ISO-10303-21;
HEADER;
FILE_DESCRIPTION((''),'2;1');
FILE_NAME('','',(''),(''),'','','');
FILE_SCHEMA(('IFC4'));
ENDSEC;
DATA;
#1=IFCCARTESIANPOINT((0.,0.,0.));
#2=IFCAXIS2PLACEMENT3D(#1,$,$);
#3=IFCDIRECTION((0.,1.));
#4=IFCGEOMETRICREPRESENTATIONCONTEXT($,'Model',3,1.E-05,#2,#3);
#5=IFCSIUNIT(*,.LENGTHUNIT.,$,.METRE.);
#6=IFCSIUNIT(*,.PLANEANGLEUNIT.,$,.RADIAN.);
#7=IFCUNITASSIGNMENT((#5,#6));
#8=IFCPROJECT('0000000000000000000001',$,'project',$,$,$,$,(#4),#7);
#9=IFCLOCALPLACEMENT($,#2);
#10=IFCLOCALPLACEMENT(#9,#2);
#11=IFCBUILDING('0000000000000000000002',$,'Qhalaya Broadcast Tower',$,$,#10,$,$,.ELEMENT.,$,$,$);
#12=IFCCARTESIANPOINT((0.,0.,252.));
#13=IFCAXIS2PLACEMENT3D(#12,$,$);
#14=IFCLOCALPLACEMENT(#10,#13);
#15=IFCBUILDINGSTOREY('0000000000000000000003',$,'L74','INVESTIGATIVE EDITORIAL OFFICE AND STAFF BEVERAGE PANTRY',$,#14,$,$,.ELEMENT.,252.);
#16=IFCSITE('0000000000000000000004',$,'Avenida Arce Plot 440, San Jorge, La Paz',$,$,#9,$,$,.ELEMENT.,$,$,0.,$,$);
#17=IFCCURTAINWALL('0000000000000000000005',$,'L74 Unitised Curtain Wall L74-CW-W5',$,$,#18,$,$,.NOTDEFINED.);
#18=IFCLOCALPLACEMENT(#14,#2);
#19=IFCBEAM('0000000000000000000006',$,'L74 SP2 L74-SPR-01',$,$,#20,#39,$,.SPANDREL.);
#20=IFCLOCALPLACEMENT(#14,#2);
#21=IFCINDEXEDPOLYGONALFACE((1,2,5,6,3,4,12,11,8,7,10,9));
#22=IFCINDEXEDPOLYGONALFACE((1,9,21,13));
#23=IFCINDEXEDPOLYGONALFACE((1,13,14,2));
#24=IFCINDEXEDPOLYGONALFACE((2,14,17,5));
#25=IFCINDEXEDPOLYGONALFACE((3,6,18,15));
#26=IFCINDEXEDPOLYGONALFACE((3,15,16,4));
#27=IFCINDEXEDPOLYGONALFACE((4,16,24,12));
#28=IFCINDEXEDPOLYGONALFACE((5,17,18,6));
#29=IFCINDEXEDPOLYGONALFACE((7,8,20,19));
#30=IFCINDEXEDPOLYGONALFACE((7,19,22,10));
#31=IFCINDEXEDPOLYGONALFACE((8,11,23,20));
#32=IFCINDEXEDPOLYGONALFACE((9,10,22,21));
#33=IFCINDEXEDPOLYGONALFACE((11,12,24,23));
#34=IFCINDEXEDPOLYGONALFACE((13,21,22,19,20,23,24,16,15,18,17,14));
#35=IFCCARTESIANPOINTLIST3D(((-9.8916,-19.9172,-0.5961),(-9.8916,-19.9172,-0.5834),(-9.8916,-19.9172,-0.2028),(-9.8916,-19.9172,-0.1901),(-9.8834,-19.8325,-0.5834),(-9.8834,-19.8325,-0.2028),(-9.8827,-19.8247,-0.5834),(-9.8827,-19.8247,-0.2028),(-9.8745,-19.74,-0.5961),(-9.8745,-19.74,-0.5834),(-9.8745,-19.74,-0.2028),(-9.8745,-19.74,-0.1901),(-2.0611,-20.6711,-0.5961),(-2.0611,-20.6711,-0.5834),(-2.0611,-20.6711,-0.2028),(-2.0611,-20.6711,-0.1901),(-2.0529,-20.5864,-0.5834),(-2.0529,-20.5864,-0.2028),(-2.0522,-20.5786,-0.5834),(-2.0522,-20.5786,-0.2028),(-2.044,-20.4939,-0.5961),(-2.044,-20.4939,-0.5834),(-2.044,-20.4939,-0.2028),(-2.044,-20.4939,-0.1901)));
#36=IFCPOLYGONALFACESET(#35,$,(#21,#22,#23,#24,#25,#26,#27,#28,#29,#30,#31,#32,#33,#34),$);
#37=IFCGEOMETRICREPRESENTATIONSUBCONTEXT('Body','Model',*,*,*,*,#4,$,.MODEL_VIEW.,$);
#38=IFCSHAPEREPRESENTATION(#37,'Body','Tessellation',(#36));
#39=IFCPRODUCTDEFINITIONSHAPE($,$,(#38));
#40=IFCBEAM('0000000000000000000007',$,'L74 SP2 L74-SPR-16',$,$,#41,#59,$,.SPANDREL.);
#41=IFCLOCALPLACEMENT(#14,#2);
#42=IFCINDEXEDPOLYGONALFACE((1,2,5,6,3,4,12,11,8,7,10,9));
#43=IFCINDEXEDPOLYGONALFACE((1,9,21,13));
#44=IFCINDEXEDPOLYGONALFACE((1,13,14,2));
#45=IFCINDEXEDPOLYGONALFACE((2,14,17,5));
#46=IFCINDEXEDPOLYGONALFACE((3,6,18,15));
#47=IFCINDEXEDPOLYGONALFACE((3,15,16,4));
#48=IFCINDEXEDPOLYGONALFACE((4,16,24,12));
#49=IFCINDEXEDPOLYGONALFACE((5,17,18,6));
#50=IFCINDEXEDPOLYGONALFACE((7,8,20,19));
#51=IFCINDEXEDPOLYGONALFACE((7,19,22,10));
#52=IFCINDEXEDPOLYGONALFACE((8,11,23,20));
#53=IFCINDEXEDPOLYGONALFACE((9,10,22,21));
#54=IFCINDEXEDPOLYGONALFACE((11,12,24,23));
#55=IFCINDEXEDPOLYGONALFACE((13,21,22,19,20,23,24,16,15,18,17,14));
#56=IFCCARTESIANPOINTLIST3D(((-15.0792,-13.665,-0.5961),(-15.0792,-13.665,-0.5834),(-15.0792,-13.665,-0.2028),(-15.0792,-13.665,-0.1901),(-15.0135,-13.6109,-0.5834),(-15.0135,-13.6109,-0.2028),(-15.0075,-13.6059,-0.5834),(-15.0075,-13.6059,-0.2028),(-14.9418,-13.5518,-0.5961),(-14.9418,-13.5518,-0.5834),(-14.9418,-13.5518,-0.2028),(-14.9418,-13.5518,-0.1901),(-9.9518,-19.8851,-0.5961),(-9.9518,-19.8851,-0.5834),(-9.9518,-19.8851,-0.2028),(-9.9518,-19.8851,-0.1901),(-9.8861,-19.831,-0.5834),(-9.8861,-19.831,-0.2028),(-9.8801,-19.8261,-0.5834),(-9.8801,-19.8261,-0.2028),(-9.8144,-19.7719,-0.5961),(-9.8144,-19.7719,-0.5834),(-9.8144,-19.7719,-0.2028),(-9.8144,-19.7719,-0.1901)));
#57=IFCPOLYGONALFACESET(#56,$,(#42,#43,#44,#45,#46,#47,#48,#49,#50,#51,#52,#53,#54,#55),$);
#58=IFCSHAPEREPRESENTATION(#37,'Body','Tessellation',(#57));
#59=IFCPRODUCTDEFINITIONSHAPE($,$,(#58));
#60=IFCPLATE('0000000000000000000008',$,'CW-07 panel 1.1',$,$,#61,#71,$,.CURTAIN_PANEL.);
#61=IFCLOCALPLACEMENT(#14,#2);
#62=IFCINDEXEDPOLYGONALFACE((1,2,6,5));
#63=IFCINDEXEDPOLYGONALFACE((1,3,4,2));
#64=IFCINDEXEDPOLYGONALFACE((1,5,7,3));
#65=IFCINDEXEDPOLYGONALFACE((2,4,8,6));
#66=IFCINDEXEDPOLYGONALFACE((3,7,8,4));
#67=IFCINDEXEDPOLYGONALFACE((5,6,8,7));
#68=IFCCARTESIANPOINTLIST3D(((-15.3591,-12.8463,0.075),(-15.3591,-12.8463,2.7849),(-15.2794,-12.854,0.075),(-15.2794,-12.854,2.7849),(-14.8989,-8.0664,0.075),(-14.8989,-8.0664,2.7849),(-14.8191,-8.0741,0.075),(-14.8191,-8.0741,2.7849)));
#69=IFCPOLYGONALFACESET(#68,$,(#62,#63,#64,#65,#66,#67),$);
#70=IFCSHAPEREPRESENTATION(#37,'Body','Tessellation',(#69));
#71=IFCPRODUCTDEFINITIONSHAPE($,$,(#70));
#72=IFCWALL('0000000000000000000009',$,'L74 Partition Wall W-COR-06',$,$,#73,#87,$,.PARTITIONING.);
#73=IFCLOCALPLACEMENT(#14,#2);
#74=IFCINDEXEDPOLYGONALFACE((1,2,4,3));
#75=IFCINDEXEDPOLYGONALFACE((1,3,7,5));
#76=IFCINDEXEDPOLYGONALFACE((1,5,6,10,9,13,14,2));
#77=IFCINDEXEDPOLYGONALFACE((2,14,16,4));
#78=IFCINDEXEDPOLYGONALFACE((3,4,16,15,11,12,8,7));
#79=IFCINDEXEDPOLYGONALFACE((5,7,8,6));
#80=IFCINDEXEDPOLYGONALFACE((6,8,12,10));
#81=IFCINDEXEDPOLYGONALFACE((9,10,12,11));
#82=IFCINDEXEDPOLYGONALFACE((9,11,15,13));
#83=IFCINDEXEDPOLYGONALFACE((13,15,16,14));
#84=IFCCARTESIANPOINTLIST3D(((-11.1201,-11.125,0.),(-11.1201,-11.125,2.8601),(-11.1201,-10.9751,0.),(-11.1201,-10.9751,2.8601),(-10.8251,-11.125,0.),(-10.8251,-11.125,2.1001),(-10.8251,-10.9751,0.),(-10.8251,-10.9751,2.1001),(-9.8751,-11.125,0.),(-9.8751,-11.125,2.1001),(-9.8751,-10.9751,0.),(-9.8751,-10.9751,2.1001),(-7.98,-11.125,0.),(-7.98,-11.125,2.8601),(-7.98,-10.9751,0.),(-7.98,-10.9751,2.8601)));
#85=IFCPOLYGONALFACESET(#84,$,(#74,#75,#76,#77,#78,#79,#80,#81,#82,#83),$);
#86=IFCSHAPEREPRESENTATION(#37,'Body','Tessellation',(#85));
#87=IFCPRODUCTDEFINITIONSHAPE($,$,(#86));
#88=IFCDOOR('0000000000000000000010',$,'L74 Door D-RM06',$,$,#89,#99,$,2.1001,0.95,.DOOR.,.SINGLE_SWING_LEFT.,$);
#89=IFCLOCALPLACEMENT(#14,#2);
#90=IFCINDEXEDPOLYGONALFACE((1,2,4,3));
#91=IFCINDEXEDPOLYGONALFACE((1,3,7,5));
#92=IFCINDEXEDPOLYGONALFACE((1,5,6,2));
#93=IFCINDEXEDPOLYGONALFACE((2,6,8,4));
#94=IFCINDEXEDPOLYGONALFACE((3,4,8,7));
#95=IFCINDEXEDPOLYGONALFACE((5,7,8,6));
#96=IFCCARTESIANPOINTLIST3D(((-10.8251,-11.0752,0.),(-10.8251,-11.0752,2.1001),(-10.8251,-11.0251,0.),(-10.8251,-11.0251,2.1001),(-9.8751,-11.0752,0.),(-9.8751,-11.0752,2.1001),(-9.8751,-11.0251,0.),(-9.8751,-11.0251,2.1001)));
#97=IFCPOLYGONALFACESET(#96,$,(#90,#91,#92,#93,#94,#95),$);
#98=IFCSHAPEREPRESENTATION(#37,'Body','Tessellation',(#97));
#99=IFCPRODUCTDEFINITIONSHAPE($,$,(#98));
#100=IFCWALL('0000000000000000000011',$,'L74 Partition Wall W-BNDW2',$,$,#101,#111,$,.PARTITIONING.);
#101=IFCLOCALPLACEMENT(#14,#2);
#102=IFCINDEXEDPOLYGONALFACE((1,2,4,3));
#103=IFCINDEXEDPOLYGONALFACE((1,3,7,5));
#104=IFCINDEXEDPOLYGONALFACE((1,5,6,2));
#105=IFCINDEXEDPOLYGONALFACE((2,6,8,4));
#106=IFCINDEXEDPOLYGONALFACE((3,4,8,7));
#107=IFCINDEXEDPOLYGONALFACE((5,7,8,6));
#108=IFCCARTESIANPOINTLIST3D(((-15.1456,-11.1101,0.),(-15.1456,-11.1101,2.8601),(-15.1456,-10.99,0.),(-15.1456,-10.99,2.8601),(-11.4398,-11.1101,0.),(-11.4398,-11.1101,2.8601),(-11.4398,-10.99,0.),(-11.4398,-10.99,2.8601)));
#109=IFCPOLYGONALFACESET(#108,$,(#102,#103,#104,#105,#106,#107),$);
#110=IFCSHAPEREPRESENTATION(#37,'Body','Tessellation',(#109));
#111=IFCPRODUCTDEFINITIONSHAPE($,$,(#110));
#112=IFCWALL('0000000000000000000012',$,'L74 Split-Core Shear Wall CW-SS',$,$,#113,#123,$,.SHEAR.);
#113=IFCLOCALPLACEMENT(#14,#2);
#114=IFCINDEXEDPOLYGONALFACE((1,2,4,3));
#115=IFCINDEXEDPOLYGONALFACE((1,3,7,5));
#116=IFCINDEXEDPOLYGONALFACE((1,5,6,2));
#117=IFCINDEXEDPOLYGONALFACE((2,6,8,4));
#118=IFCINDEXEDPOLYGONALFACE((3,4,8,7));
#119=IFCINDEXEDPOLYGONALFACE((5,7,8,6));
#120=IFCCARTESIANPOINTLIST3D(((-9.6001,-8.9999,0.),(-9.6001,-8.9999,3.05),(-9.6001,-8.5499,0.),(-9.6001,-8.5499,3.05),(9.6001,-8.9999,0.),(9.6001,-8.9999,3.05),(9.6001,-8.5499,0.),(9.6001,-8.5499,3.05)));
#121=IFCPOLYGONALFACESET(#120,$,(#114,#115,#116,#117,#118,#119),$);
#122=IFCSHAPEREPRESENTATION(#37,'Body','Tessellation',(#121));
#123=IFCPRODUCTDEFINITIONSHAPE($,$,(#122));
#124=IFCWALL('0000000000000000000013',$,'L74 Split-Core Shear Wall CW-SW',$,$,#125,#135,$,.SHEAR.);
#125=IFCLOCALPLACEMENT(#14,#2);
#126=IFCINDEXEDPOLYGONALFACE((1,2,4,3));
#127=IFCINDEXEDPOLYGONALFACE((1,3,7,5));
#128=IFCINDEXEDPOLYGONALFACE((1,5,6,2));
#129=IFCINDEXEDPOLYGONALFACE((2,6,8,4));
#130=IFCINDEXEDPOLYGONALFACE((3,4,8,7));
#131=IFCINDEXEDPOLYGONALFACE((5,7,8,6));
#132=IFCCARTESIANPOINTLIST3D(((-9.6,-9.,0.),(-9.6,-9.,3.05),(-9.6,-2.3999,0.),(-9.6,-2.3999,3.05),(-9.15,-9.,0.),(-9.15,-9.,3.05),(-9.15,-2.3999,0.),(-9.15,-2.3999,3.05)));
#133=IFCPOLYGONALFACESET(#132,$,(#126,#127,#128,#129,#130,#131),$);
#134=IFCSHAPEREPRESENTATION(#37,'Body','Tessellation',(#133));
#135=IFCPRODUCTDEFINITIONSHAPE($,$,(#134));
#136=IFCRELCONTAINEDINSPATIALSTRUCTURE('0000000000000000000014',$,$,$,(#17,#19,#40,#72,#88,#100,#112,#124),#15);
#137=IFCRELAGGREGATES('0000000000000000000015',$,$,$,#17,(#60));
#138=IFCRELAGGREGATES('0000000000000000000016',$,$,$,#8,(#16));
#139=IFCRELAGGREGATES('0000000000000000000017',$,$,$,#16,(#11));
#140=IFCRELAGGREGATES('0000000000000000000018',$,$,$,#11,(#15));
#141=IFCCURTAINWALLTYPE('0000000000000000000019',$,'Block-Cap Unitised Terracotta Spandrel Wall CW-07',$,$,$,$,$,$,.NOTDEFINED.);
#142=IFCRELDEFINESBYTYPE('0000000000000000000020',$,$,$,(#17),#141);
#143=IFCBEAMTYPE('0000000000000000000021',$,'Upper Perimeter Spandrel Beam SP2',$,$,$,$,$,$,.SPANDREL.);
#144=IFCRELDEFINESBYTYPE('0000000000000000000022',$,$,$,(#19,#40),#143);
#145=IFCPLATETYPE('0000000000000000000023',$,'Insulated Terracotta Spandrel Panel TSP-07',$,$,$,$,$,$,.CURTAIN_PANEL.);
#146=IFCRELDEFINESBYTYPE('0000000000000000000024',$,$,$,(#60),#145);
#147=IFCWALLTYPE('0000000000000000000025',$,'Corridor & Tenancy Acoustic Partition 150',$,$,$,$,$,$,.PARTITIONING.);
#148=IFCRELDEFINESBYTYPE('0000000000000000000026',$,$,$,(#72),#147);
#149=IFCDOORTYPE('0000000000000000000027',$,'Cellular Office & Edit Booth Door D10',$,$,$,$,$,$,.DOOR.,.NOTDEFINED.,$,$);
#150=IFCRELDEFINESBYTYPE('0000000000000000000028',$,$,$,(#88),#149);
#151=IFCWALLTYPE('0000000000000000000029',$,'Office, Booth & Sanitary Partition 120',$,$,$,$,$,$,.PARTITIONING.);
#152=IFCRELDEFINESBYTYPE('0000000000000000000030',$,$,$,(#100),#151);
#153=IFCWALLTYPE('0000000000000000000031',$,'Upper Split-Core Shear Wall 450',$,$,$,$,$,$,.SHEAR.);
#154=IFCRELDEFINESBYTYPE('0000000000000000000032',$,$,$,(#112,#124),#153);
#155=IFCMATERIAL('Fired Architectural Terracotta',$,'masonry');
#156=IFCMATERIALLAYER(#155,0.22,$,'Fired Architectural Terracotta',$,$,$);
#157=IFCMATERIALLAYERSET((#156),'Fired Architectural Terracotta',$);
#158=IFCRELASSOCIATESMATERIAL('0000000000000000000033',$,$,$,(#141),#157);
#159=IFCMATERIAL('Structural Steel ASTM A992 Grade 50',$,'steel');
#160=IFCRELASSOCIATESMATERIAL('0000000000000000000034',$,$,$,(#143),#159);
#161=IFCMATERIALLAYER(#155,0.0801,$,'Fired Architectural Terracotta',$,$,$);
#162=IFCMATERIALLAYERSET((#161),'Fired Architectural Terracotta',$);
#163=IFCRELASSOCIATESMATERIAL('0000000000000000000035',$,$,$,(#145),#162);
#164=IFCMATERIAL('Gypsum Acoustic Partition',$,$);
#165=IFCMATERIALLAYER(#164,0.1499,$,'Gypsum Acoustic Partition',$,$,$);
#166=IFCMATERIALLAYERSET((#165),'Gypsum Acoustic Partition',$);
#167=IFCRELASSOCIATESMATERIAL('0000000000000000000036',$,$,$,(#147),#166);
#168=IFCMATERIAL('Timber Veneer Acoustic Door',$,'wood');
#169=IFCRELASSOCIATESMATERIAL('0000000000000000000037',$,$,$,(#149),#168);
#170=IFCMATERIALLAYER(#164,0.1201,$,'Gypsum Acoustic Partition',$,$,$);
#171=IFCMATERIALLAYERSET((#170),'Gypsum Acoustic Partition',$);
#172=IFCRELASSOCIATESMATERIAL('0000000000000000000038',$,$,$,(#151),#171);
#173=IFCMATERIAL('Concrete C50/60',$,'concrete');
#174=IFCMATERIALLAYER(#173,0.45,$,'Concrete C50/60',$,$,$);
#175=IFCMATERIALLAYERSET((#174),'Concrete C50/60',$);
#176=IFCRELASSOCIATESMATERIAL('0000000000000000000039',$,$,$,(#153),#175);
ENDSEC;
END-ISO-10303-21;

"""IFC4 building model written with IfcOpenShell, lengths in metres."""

from ifc_helpers import new_model, si_unit, direction, frame, frame_2d, origin, origin_2d, place, context, subcontext, project, spatial, rectangle, i_section, extrude, material, layer, layer_set, material_profile, profile_set, type_object, element, fill, aggregate, save


model = new_model("IFC4")

# Units and contexts
model_context = context("Model", 3, precision=1e-05, world=origin(), true_north=direction((0.0, 1.0)))
body_context = subcontext(model_context, "Body", "Model", "MODEL_VIEW")
ifc_project = project(units=[si_unit("LENGTHUNIT", "METRE"), si_unit("PLANEANGLEUNIT", "RADIAN")], contexts=[model_context])

# Site, building, storey
site_placement = place(None, origin())
site = spatial("IfcSite", under=ifc_project, at=site_placement, Name="Avenida Arce Plot 440, San Jorge, La Paz", CompositionType="ELEMENT", RefElevation=0.0)
building_placement = place(site_placement, origin())
building = spatial("IfcBuilding", under=site, at=building_placement, Name="Qhalaya Broadcast Tower", CompositionType="ELEMENT")
storey_placement = place(building_placement, frame((0.0, 0.0, 252.0)))
storey = spatial("IfcBuildingStorey", under=building, at=storey_placement, Name="L74", Description="INVESTIGATIVE EDITORIAL OFFICE AND STAFF BEVERAGE PANTRY", CompositionType="ELEMENT", Elevation=252.0)

# Shared definitions
ifc_material_1 = material(Name="Structural Steel ASTM A992 Grade 50", Category="steel")

# Curtain wall
ifc_material_2 = material(Name="Fired Architectural Terracotta", Category="masonry")
ifc_layer_1 = layer(ifc_material_2, 0.22, Name="Fired Architectural Terracotta")
ifc_layer_set_1 = layer_set([ifc_layer_1], Name="Fired Architectural Terracotta")
curtain_wall_type = type_object("IfcCurtainWallType", Name="Block-Cap Unitised Terracotta Spandrel Wall CW-07", PredefinedType="NOTDEFINED", material=ifc_layer_set_1)
curtain_wall_1_placement = place(storey_placement, origin())
curtain_wall_1 = element("IfcCurtainWall", 1, at=curtain_wall_1_placement, inside=storey, type_object=curtain_wall_type, Name="L74 Unitised Curtain Wall L74-CW-W5", PredefinedType="NOTDEFINED")

# Beams
ifc_material_profile_1 = material_profile(ifc_material_1, i_section(OverallWidth=0.178, OverallDepth=0.406, WebThickness=0.0078, FlangeThickness=0.0127, at=origin_2d()), Name="W16X40")
ifc_profile_set_1 = profile_set([ifc_material_profile_1], Name="Structural Steel ASTM A992 Grade 50")
beam_type_1 = type_object("IfcBeamType", Name="Upper Perimeter Spandrel Beam SP2", PredefinedType="SPANDREL", material=ifc_profile_set_1)
beam_1_placement = place(storey_placement, frame((-9.8831, -19.8286, -0.3931), z_axis=(0.995397, -0.095834, 0.0), x_axis=(0.095834, 0.995397, 0.0)))
element("IfcBeam", 2, at=beam_1_placement, inside=storey, type_object=beam_type_1, Name="L74 SP2 L74-SPR-01", PredefinedType="SPANDREL", context=body_context, shape_type="SweptSolid", body=[
    extrude(i_section(OverallWidth=0.178, OverallDepth=0.406, WebThickness=0.0078, FlangeThickness=0.0127, at=origin_2d()), origin(), (0.0, 0.0, 1.0), 7.8667),
])
beam_2_placement = place(storey_placement, frame((-15.0105, -13.6084, -0.3931), z_axis=(0.63607, -0.771631, 0.0), x_axis=(0.771631, 0.63607, 0.0)))
element("IfcBeam", 3, at=beam_2_placement, inside=storey, type_object=beam_type_1, Name="L74 SP2 L74-SPR-16", PredefinedType="SPANDREL", context=body_context, shape_type="SweptSolid", body=[
    extrude(i_section(OverallWidth=0.178, OverallDepth=0.406, WebThickness=0.0078, FlangeThickness=0.0127, at=origin_2d()), origin(), (0.0, 0.0, 1.0), 8.061),
])

# Plate
ifc_layer_2 = layer(ifc_material_2, 0.0801, Name="Fired Architectural Terracotta")
ifc_layer_set_2 = layer_set([ifc_layer_2], Name="Fired Architectural Terracotta")
plate_type = type_object("IfcPlateType", Name="Insulated Terracotta Spandrel Panel TSP-07", PredefinedType="CURTAIN_PANEL", material=ifc_layer_set_2)
plate_placement = place(storey_placement, frame((-15.0891, -10.4602, 0.075), z_axis=(0.0, 0.0, 1.0), x_axis=(-0.09584, -0.995397, 0.0)))
plate = element("IfcPlate", 4, at=plate_placement, type_object=plate_type, Name="CW-07 panel 1.1", PredefinedType="CURTAIN_PANEL", context=body_context, shape_type="SweptSolid", body=[
    extrude(rectangle(XDim=4.802, YDim=0.0801, at=origin_2d()), origin(), (0.0, 0.0, 1.0), 2.71),
])
aggregate(curtain_wall_1, [plate])

# Wall, opening, door
ifc_material_3 = material(Name="Gypsum Acoustic Partition")
ifc_layer_3 = layer(ifc_material_3, 0.1499, Name="Gypsum Acoustic Partition")
ifc_layer_set_3 = layer_set([ifc_layer_3], Name="Gypsum Acoustic Partition")
wall_type_1 = type_object("IfcWallType", Name="Corridor & Tenancy Acoustic Partition 150", PredefinedType="PARTITIONING", material=ifc_layer_set_3)
wall_1_placement = place(storey_placement, frame((-11.1201, -11.05, 0.0), z_axis=(0.0, 0.0, 1.0), x_axis=(1.0, 0.0, 0.0)))
wall_1 = element("IfcWall", 5, at=wall_1_placement, inside=storey, type_object=wall_type_1, Name="L74 Partition Wall W-COR-06", PredefinedType="PARTITIONING", context=body_context, shape_type="SweptSolid", body=[
    extrude(rectangle(XDim=3.1401, YDim=0.1499, at=frame_2d((1.5701, 0.0))), origin(), (0.0, 0.0, 1.0), 2.8601),
])
opening_placement = place(wall_1_placement, frame((0.2949, 0.0, 0.0)))
opening = element("IfcOpeningElement", 6, at=opening_placement, cuts=wall_1, PredefinedType="OPENING", context=body_context, shape_type="SweptSolid", body=[
    extrude(rectangle(XDim=0.95, YDim=2.1001, at=frame_2d((0.4751, 1.05))), frame((0.0, 0.0869, 0.0), z_axis=(0.0, -1.0, 0.0), x_axis=(1.0, 0.0, 0.0)), (0.0, 0.0, 1.0), 0.1738),
])
ifc_material_4 = material(Name="Timber Veneer Acoustic Door", Category="wood")
door_type = type_object("IfcDoorType", Name="Cellular Office & Edit Booth Door D10", OperationType="NOTDEFINED", PredefinedType="DOOR", material=ifc_material_4)
door_placement = place(opening_placement, origin())
door = element("IfcDoor", 7, at=door_placement, inside=storey, type_object=door_type, Name="L74 Door D-RM06", OperationType="SINGLE_SWING_LEFT", OverallHeight=2.1001, OverallWidth=0.95, PredefinedType="DOOR", context=body_context, shape_type="SweptSolid", body=[
    extrude(rectangle(XDim=0.95, YDim=2.1001, at=frame_2d((0.4751, 1.05))), frame((0.0, 0.0249, 0.0), z_axis=(0.0, -1.0, 0.0), x_axis=(1.0, 0.0, 0.0)), (0.0, 0.0, 1.0), 0.05),
])
fill(opening, door)

# Walls
ifc_layer_4 = layer(ifc_material_3, 0.1201, Name="Gypsum Acoustic Partition")
ifc_layer_set_4 = layer_set([ifc_layer_4], Name="Gypsum Acoustic Partition")
wall_type_2 = type_object("IfcWallType", Name="Office, Booth & Sanitary Partition 120", PredefinedType="PARTITIONING", material=ifc_layer_set_4)
wall_2_placement = place(storey_placement, frame((-15.1458, -11.05, 0.0), z_axis=(0.0, 0.0, 1.0), x_axis=(1.0, 0.0, 0.0)))
element("IfcWall", 8, at=wall_2_placement, inside=storey, type_object=wall_type_2, Name="L74 Partition Wall W-BNDW2", PredefinedType="PARTITIONING", context=body_context, shape_type="SweptSolid", body=[
    extrude(rectangle(XDim=3.7058, YDim=0.1201, at=frame_2d((1.853, 0.0))), origin(), (0.0, 0.0, 1.0), 2.8601),
])
ifc_material_5 = material(Name="Concrete C50/60", Category="concrete")
ifc_layer_5 = layer(ifc_material_5, 0.45, Name="Concrete C50/60")
ifc_layer_set_5 = layer_set([ifc_layer_5], Name="Concrete C50/60")
wall_type_3 = type_object("IfcWallType", Name="Upper Split-Core Shear Wall 450", PredefinedType="SHEAR", material=ifc_layer_set_5)
wall_3_placement = place(storey_placement, frame((-9.6001, -8.7749, 0.0), z_axis=(0.0, 0.0, 1.0), x_axis=(1.0, 0.0, 0.0)))
element("IfcWall", 9, at=wall_3_placement, inside=storey, type_object=wall_type_3, Name="L74 Split-Core Shear Wall CW-SS", PredefinedType="SHEAR", context=body_context, shape_type="SweptSolid", body=[
    extrude(rectangle(XDim=19.2002, YDim=0.45, at=frame_2d((9.6001, 0.0))), origin(), (0.0, 0.0, 1.0), 3.05),
])
wall_4_placement = place(storey_placement, frame((-9.375, -9.0, 0.0), z_axis=(0.0, 0.0, 1.0), x_axis=(0.0, 1.0, 0.0)))
element("IfcWall", 10, at=wall_4_placement, inside=storey, type_object=wall_type_3, Name="L74 Split-Core Shear Wall CW-SW", PredefinedType="SHEAR", context=body_context, shape_type="SweptSolid", body=[
    extrude(rectangle(XDim=6.6001, YDim=0.45, at=frame_2d((3.3, 0.0))), origin(), (0.0, 0.0, 1.0), 3.05),
])

save(model, "model.ifc")
